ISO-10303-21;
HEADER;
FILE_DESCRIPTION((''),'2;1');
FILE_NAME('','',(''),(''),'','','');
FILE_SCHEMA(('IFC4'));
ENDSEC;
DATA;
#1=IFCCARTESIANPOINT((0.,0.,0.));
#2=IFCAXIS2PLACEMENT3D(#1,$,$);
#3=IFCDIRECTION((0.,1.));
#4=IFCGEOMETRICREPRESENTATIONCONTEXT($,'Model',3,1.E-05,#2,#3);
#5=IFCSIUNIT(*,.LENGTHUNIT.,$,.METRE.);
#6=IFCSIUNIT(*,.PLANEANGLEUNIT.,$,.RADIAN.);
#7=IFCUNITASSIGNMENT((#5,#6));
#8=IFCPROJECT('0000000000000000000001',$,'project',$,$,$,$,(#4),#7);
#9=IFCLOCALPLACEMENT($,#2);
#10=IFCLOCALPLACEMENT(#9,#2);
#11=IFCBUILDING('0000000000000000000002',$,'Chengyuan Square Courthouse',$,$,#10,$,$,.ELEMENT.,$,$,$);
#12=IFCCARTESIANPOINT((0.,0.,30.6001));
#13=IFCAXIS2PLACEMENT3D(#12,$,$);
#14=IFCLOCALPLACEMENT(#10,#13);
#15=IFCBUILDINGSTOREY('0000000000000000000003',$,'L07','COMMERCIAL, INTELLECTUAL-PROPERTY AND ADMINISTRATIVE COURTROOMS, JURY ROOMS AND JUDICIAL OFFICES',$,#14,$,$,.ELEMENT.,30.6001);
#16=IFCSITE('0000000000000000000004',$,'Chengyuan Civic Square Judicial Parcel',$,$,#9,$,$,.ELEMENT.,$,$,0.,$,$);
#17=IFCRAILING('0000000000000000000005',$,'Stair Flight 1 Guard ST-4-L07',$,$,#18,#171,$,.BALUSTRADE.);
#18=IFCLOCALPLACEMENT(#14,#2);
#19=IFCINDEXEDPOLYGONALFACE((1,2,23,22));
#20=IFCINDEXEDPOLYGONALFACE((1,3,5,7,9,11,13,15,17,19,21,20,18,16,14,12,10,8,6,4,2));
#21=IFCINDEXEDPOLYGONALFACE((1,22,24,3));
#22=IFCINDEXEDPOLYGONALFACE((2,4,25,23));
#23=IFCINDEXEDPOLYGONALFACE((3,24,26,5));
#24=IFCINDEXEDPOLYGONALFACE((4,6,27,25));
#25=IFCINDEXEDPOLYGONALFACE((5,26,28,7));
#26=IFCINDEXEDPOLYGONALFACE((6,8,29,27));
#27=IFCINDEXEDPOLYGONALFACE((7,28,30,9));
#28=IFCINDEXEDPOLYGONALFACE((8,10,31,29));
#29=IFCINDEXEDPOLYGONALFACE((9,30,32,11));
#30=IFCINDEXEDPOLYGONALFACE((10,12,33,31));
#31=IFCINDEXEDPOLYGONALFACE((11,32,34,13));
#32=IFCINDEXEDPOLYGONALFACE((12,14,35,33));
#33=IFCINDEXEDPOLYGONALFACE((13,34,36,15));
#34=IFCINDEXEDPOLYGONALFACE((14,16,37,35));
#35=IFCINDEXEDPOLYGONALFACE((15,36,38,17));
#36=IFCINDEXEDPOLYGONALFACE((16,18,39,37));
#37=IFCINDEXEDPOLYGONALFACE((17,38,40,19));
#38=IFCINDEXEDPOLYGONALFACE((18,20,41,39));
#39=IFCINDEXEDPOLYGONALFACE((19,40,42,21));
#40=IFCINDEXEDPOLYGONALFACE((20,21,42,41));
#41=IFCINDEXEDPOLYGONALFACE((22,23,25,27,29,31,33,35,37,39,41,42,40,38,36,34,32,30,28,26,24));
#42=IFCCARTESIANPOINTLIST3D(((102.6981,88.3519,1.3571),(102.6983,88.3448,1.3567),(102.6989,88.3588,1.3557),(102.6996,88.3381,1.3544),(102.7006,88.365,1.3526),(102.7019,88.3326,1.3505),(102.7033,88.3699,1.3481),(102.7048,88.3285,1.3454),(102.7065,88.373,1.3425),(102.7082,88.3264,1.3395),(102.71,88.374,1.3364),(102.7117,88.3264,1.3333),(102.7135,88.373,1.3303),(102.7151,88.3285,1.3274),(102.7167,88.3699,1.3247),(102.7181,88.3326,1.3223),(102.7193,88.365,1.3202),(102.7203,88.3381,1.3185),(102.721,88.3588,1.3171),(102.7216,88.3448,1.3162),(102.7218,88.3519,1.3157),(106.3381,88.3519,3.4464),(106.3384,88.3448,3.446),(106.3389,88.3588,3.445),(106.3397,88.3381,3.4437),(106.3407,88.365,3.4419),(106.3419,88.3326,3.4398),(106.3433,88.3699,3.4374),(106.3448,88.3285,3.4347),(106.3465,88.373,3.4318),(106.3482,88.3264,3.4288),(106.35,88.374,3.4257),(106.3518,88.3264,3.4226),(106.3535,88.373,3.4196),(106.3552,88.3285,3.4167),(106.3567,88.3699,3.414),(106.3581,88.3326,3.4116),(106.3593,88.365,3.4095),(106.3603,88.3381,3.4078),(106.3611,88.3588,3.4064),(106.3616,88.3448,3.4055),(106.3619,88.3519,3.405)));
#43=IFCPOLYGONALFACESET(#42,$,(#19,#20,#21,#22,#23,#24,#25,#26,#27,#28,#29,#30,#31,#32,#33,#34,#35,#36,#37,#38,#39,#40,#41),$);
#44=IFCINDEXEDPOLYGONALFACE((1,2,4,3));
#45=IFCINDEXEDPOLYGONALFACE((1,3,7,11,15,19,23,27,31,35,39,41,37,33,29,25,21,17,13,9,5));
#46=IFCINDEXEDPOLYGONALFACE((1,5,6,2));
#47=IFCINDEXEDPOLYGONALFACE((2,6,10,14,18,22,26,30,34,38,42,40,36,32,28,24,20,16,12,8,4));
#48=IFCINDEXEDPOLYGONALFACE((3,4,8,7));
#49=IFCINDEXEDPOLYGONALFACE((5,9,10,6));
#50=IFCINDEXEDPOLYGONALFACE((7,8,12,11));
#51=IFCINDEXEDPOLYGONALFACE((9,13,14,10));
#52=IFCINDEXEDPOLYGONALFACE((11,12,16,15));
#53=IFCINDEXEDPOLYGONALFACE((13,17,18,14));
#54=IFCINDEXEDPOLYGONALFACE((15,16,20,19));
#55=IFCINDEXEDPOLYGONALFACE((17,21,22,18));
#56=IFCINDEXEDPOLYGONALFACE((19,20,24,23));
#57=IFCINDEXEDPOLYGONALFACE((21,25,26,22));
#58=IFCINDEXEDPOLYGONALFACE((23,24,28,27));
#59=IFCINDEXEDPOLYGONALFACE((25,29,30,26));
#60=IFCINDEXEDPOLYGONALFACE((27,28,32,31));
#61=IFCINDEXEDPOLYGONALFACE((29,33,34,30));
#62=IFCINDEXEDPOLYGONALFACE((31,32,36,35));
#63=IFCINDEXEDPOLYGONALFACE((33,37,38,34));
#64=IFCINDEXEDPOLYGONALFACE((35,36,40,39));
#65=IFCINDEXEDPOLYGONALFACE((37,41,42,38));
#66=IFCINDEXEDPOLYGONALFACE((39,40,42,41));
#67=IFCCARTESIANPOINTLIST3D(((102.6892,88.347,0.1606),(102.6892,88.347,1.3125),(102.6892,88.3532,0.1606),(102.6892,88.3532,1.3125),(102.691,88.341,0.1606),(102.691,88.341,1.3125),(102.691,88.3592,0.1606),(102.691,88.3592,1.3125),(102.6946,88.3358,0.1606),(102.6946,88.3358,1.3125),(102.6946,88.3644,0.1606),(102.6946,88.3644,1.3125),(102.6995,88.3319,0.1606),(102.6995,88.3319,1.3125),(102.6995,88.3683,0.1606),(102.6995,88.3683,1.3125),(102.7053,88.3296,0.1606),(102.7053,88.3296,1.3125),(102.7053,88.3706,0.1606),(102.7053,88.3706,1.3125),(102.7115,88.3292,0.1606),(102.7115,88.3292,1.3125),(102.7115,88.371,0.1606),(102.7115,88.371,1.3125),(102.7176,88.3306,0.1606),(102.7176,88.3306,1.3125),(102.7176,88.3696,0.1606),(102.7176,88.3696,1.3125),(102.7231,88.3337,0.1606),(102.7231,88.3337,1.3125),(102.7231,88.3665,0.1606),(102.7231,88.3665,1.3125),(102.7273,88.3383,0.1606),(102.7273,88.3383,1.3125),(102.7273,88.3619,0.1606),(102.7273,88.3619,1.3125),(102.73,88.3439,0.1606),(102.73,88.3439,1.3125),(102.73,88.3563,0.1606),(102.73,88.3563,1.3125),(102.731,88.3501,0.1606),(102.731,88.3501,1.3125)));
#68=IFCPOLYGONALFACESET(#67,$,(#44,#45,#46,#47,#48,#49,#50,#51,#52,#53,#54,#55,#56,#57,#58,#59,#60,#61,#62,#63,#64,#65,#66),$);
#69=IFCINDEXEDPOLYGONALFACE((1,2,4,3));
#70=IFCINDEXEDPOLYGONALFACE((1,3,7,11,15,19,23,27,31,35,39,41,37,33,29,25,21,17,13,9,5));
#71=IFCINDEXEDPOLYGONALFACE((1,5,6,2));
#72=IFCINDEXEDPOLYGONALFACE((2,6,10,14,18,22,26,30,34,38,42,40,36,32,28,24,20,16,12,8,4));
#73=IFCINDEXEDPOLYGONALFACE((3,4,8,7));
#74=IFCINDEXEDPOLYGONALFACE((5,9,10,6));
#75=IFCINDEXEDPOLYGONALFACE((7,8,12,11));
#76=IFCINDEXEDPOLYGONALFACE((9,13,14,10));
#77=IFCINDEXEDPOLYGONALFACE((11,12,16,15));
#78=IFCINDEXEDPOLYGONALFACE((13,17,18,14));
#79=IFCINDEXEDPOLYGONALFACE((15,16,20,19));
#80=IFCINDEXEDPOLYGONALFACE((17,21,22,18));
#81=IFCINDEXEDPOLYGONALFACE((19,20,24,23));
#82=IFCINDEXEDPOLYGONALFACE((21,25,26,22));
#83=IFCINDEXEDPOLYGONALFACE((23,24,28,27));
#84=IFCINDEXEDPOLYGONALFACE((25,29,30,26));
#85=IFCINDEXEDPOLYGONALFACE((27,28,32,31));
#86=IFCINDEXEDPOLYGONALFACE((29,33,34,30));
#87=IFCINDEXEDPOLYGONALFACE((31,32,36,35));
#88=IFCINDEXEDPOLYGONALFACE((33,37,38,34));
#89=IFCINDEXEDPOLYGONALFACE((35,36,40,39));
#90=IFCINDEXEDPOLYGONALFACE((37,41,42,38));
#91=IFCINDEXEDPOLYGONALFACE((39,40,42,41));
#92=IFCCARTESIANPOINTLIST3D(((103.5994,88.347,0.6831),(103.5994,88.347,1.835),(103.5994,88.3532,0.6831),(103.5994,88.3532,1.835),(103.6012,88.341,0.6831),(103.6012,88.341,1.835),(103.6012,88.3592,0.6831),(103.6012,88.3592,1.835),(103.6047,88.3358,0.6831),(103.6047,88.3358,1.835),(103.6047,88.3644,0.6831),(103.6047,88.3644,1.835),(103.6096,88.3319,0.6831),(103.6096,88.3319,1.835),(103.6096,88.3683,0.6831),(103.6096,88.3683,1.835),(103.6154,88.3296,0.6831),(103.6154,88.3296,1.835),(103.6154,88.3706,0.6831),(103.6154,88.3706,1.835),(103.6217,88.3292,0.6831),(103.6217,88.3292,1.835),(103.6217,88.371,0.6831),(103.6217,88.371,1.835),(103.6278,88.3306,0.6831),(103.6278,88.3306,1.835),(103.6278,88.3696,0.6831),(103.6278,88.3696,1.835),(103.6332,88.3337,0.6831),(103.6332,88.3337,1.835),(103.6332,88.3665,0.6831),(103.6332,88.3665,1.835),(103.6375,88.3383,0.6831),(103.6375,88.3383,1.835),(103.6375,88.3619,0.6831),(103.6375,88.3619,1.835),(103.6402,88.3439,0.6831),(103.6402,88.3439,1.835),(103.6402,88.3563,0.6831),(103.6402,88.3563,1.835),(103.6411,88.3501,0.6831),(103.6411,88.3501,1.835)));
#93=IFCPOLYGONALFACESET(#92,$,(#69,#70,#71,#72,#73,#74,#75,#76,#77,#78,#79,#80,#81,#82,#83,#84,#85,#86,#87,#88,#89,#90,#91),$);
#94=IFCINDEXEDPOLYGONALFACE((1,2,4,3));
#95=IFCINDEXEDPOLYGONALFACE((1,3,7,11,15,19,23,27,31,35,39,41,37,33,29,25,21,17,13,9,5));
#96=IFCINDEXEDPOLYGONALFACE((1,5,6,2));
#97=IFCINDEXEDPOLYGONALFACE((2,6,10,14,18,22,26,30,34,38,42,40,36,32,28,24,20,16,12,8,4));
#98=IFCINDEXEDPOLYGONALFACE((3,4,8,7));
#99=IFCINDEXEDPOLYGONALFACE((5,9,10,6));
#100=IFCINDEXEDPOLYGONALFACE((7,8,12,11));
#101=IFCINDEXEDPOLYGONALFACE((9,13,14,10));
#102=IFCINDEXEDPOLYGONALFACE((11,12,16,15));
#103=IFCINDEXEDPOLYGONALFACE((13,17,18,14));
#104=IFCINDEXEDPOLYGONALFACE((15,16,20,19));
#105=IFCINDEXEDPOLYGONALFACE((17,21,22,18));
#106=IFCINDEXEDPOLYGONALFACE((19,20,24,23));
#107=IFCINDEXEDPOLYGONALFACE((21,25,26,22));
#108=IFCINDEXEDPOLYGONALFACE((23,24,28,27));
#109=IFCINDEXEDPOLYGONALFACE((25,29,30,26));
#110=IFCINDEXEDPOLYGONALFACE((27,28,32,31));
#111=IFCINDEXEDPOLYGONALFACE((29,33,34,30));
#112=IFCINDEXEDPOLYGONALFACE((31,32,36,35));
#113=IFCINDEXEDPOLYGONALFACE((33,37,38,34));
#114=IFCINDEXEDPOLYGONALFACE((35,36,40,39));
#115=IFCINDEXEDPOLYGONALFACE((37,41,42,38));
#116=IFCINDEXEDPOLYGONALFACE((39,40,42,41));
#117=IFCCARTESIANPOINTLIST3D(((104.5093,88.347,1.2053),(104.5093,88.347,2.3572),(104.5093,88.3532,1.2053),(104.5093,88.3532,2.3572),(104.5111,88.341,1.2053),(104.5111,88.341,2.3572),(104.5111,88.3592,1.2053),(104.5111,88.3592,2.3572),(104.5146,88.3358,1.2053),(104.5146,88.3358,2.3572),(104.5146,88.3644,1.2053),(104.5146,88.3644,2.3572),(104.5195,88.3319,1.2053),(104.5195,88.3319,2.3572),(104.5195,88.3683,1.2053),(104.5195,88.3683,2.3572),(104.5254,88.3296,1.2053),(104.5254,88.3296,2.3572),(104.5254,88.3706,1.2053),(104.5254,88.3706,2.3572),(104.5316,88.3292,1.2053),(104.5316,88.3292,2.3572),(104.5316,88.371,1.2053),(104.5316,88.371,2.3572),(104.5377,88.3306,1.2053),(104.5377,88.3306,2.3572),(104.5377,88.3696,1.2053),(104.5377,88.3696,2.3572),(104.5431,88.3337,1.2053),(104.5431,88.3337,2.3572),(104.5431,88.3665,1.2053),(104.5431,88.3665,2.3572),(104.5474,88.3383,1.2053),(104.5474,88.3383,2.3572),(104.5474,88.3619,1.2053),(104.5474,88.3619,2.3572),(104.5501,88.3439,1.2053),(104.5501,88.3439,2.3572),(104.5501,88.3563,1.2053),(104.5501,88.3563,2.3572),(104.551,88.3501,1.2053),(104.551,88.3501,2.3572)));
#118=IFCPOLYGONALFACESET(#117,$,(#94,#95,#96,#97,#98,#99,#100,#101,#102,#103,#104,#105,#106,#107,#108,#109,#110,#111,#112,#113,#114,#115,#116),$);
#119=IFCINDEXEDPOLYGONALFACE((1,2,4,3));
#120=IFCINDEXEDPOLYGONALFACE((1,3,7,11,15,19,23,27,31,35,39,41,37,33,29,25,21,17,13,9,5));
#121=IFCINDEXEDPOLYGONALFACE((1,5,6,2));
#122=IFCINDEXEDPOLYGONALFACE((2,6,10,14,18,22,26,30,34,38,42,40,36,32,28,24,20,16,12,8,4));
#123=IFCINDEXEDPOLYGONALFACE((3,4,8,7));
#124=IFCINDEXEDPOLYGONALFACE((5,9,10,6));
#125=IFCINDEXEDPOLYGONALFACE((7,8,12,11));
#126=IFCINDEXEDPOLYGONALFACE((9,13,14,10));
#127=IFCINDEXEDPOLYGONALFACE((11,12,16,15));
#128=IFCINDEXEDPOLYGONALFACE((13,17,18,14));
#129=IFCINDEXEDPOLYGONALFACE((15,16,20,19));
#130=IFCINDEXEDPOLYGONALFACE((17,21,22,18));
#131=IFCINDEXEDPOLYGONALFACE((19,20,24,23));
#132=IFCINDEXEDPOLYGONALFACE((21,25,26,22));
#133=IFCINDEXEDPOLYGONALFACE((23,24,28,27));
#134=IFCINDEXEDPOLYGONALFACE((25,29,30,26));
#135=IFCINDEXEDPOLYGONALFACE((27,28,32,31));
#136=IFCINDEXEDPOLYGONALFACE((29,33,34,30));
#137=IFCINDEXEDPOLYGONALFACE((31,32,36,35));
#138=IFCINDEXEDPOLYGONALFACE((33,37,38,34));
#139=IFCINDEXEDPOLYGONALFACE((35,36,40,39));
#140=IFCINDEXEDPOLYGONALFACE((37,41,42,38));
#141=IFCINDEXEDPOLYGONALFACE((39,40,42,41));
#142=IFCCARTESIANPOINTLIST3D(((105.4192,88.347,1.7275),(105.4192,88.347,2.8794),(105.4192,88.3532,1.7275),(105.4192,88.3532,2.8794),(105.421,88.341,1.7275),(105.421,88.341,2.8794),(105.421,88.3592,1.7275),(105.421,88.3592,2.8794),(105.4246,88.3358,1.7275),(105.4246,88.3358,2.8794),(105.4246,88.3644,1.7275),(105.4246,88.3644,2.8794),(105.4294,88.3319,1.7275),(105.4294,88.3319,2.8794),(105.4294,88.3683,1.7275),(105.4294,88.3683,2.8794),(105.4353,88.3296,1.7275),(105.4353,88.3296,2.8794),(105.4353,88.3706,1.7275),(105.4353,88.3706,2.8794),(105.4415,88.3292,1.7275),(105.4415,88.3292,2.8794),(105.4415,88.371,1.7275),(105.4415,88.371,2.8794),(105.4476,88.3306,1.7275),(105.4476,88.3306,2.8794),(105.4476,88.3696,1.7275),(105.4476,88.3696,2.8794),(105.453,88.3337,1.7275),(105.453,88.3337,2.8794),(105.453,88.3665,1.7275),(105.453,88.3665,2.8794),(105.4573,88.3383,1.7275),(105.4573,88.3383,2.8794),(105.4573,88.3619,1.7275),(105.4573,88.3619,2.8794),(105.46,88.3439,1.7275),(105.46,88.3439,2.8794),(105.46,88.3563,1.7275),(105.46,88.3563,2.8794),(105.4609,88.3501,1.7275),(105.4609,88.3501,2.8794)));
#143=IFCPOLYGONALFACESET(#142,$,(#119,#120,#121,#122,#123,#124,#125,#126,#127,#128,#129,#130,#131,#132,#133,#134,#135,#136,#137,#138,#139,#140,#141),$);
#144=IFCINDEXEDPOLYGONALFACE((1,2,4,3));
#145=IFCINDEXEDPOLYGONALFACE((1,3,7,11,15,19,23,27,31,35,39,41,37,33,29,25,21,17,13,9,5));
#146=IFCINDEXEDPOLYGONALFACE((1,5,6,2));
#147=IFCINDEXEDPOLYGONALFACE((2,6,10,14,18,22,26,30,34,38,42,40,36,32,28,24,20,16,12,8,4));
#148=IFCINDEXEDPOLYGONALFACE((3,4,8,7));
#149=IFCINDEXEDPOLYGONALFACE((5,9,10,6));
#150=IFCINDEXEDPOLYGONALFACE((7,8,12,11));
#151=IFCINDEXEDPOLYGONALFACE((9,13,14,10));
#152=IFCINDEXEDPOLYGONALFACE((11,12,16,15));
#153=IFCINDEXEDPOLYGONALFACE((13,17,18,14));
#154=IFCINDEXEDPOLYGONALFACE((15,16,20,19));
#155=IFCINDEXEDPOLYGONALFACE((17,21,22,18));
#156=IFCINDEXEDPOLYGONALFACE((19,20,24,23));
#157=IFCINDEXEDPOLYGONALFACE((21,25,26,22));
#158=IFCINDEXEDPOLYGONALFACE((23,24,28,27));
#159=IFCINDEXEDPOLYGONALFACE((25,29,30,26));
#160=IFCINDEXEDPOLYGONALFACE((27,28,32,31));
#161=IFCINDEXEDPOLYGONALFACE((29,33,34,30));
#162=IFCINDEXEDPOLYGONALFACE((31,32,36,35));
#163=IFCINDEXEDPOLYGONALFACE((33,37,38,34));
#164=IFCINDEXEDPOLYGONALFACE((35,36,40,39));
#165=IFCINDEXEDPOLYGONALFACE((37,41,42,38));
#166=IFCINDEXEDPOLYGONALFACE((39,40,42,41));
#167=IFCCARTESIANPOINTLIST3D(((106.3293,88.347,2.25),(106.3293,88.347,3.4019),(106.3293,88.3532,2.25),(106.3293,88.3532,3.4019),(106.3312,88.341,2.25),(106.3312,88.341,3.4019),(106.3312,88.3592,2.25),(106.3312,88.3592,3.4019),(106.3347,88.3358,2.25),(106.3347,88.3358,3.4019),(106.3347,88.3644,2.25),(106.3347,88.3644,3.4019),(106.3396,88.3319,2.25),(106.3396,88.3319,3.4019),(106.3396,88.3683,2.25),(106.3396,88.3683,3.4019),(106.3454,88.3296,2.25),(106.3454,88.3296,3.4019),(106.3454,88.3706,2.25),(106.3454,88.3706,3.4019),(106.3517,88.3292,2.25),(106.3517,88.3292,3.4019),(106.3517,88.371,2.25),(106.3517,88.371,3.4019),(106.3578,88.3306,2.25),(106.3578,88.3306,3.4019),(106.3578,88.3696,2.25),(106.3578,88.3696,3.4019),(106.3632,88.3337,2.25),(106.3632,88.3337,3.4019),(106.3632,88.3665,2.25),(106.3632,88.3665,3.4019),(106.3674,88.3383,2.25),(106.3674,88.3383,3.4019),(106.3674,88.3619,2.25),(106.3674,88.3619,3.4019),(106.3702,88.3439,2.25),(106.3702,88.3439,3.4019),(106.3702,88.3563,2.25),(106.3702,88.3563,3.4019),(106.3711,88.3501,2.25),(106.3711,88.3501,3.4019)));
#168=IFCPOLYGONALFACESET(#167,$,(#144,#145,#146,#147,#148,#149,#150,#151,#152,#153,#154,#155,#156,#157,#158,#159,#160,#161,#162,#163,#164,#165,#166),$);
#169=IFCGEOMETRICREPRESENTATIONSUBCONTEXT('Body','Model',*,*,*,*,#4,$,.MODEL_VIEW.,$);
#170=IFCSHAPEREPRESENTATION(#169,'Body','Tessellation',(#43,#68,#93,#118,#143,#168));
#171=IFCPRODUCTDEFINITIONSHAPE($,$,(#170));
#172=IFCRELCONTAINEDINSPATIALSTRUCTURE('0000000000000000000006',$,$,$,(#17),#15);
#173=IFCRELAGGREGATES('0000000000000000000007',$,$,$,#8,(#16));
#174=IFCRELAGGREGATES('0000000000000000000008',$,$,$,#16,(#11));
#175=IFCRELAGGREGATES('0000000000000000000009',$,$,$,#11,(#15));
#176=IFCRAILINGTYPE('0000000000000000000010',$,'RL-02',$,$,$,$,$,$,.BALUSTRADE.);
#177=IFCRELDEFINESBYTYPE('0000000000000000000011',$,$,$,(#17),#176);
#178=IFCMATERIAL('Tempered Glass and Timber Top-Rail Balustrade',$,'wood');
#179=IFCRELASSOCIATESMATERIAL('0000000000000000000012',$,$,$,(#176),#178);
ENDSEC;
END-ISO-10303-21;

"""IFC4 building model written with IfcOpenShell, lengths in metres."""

from ifc_helpers import new_model, si_unit, direction, frame, origin, origin_2d, place, context, subcontext, project, spatial, circle, extrude, material, type_object, element, save


model = new_model("IFC4")

# Units and contexts
model_context = context("Model", 3, precision=1e-05, world=origin(), true_north=direction((0.0, 1.0)))
body_context = subcontext(model_context, "Body", "Model", "MODEL_VIEW")
ifc_project = project(units=[si_unit("LENGTHUNIT", "METRE"), si_unit("PLANEANGLEUNIT", "RADIAN")], contexts=[model_context])

# Site, building, storey
site_placement = place(None, origin())
site = spatial("IfcSite", under=ifc_project, at=site_placement, Name="Chengyuan Civic Square Judicial Parcel", CompositionType="ELEMENT", RefElevation=0.0)
building_placement = place(site_placement, origin())
building = spatial("IfcBuilding", under=site, at=building_placement, Name="Chengyuan Square Courthouse", CompositionType="ELEMENT")
storey_placement = place(building_placement, frame((0.0, 0.0, 30.6001)))
storey = spatial("IfcBuildingStorey", under=building, at=storey_placement, Name="L07", Description="COMMERCIAL, INTELLECTUAL-PROPERTY AND ADMINISTRATIVE COURTROOMS, JURY ROOMS AND JUDICIAL OFFICES", CompositionType="ELEMENT", Elevation=30.6001)

# Railing
ifc_material_1 = material(Name="Tempered Glass and Timber Top-Rail Balustrade", Category="wood")
railing_type_1 = type_object("IfcRailingType", Name="RL-02", PredefinedType="BALUSTRADE", material=ifc_material_1)
railing_1_placement = place(storey_placement, frame((102.71, 88.3501, 0.1606)))
element("IfcRailing", 1, at=railing_1_placement, inside=storey, type_object=railing_type_1, Name="Stair Flight 1 Guard ST-4-L07", PredefinedType="BALUSTRADE", context=body_context, shape_type="SweptSolid", body=[
    extrude(circle(Radius=0.0239, at=origin_2d()), frame((0.0, 0.0, 1.1758), z_axis=(0.867289, 0.0, 0.497804), x_axis=(0.0, 1.0, 0.0)), (0.0, 0.0, 1.0), 4.197),
    extrude(circle(Radius=0.021, at=origin_2d()), origin(), (0.0, 0.0, 1.0), 1.1519),
    extrude(circle(Radius=0.021, at=origin_2d()), frame((0.9102, 0.0, 0.5225)), (0.0, 0.0, 1.0), 1.1519),
    extrude(circle(Radius=0.021, at=origin_2d()), frame((1.8201, 0.0, 1.0447)), (0.0, 0.0, 1.0), 1.1519),
    extrude(circle(Radius=0.021, at=origin_2d()), frame((2.73, 0.0, 1.5669)), (0.0, 0.0, 1.0), 1.1519),
    extrude(circle(Radius=0.021, at=origin_2d()), frame((3.6401, 0.0, 2.0894)), (0.0, 0.0, 1.0), 1.1519),
])

save(model, "model.ifc")
